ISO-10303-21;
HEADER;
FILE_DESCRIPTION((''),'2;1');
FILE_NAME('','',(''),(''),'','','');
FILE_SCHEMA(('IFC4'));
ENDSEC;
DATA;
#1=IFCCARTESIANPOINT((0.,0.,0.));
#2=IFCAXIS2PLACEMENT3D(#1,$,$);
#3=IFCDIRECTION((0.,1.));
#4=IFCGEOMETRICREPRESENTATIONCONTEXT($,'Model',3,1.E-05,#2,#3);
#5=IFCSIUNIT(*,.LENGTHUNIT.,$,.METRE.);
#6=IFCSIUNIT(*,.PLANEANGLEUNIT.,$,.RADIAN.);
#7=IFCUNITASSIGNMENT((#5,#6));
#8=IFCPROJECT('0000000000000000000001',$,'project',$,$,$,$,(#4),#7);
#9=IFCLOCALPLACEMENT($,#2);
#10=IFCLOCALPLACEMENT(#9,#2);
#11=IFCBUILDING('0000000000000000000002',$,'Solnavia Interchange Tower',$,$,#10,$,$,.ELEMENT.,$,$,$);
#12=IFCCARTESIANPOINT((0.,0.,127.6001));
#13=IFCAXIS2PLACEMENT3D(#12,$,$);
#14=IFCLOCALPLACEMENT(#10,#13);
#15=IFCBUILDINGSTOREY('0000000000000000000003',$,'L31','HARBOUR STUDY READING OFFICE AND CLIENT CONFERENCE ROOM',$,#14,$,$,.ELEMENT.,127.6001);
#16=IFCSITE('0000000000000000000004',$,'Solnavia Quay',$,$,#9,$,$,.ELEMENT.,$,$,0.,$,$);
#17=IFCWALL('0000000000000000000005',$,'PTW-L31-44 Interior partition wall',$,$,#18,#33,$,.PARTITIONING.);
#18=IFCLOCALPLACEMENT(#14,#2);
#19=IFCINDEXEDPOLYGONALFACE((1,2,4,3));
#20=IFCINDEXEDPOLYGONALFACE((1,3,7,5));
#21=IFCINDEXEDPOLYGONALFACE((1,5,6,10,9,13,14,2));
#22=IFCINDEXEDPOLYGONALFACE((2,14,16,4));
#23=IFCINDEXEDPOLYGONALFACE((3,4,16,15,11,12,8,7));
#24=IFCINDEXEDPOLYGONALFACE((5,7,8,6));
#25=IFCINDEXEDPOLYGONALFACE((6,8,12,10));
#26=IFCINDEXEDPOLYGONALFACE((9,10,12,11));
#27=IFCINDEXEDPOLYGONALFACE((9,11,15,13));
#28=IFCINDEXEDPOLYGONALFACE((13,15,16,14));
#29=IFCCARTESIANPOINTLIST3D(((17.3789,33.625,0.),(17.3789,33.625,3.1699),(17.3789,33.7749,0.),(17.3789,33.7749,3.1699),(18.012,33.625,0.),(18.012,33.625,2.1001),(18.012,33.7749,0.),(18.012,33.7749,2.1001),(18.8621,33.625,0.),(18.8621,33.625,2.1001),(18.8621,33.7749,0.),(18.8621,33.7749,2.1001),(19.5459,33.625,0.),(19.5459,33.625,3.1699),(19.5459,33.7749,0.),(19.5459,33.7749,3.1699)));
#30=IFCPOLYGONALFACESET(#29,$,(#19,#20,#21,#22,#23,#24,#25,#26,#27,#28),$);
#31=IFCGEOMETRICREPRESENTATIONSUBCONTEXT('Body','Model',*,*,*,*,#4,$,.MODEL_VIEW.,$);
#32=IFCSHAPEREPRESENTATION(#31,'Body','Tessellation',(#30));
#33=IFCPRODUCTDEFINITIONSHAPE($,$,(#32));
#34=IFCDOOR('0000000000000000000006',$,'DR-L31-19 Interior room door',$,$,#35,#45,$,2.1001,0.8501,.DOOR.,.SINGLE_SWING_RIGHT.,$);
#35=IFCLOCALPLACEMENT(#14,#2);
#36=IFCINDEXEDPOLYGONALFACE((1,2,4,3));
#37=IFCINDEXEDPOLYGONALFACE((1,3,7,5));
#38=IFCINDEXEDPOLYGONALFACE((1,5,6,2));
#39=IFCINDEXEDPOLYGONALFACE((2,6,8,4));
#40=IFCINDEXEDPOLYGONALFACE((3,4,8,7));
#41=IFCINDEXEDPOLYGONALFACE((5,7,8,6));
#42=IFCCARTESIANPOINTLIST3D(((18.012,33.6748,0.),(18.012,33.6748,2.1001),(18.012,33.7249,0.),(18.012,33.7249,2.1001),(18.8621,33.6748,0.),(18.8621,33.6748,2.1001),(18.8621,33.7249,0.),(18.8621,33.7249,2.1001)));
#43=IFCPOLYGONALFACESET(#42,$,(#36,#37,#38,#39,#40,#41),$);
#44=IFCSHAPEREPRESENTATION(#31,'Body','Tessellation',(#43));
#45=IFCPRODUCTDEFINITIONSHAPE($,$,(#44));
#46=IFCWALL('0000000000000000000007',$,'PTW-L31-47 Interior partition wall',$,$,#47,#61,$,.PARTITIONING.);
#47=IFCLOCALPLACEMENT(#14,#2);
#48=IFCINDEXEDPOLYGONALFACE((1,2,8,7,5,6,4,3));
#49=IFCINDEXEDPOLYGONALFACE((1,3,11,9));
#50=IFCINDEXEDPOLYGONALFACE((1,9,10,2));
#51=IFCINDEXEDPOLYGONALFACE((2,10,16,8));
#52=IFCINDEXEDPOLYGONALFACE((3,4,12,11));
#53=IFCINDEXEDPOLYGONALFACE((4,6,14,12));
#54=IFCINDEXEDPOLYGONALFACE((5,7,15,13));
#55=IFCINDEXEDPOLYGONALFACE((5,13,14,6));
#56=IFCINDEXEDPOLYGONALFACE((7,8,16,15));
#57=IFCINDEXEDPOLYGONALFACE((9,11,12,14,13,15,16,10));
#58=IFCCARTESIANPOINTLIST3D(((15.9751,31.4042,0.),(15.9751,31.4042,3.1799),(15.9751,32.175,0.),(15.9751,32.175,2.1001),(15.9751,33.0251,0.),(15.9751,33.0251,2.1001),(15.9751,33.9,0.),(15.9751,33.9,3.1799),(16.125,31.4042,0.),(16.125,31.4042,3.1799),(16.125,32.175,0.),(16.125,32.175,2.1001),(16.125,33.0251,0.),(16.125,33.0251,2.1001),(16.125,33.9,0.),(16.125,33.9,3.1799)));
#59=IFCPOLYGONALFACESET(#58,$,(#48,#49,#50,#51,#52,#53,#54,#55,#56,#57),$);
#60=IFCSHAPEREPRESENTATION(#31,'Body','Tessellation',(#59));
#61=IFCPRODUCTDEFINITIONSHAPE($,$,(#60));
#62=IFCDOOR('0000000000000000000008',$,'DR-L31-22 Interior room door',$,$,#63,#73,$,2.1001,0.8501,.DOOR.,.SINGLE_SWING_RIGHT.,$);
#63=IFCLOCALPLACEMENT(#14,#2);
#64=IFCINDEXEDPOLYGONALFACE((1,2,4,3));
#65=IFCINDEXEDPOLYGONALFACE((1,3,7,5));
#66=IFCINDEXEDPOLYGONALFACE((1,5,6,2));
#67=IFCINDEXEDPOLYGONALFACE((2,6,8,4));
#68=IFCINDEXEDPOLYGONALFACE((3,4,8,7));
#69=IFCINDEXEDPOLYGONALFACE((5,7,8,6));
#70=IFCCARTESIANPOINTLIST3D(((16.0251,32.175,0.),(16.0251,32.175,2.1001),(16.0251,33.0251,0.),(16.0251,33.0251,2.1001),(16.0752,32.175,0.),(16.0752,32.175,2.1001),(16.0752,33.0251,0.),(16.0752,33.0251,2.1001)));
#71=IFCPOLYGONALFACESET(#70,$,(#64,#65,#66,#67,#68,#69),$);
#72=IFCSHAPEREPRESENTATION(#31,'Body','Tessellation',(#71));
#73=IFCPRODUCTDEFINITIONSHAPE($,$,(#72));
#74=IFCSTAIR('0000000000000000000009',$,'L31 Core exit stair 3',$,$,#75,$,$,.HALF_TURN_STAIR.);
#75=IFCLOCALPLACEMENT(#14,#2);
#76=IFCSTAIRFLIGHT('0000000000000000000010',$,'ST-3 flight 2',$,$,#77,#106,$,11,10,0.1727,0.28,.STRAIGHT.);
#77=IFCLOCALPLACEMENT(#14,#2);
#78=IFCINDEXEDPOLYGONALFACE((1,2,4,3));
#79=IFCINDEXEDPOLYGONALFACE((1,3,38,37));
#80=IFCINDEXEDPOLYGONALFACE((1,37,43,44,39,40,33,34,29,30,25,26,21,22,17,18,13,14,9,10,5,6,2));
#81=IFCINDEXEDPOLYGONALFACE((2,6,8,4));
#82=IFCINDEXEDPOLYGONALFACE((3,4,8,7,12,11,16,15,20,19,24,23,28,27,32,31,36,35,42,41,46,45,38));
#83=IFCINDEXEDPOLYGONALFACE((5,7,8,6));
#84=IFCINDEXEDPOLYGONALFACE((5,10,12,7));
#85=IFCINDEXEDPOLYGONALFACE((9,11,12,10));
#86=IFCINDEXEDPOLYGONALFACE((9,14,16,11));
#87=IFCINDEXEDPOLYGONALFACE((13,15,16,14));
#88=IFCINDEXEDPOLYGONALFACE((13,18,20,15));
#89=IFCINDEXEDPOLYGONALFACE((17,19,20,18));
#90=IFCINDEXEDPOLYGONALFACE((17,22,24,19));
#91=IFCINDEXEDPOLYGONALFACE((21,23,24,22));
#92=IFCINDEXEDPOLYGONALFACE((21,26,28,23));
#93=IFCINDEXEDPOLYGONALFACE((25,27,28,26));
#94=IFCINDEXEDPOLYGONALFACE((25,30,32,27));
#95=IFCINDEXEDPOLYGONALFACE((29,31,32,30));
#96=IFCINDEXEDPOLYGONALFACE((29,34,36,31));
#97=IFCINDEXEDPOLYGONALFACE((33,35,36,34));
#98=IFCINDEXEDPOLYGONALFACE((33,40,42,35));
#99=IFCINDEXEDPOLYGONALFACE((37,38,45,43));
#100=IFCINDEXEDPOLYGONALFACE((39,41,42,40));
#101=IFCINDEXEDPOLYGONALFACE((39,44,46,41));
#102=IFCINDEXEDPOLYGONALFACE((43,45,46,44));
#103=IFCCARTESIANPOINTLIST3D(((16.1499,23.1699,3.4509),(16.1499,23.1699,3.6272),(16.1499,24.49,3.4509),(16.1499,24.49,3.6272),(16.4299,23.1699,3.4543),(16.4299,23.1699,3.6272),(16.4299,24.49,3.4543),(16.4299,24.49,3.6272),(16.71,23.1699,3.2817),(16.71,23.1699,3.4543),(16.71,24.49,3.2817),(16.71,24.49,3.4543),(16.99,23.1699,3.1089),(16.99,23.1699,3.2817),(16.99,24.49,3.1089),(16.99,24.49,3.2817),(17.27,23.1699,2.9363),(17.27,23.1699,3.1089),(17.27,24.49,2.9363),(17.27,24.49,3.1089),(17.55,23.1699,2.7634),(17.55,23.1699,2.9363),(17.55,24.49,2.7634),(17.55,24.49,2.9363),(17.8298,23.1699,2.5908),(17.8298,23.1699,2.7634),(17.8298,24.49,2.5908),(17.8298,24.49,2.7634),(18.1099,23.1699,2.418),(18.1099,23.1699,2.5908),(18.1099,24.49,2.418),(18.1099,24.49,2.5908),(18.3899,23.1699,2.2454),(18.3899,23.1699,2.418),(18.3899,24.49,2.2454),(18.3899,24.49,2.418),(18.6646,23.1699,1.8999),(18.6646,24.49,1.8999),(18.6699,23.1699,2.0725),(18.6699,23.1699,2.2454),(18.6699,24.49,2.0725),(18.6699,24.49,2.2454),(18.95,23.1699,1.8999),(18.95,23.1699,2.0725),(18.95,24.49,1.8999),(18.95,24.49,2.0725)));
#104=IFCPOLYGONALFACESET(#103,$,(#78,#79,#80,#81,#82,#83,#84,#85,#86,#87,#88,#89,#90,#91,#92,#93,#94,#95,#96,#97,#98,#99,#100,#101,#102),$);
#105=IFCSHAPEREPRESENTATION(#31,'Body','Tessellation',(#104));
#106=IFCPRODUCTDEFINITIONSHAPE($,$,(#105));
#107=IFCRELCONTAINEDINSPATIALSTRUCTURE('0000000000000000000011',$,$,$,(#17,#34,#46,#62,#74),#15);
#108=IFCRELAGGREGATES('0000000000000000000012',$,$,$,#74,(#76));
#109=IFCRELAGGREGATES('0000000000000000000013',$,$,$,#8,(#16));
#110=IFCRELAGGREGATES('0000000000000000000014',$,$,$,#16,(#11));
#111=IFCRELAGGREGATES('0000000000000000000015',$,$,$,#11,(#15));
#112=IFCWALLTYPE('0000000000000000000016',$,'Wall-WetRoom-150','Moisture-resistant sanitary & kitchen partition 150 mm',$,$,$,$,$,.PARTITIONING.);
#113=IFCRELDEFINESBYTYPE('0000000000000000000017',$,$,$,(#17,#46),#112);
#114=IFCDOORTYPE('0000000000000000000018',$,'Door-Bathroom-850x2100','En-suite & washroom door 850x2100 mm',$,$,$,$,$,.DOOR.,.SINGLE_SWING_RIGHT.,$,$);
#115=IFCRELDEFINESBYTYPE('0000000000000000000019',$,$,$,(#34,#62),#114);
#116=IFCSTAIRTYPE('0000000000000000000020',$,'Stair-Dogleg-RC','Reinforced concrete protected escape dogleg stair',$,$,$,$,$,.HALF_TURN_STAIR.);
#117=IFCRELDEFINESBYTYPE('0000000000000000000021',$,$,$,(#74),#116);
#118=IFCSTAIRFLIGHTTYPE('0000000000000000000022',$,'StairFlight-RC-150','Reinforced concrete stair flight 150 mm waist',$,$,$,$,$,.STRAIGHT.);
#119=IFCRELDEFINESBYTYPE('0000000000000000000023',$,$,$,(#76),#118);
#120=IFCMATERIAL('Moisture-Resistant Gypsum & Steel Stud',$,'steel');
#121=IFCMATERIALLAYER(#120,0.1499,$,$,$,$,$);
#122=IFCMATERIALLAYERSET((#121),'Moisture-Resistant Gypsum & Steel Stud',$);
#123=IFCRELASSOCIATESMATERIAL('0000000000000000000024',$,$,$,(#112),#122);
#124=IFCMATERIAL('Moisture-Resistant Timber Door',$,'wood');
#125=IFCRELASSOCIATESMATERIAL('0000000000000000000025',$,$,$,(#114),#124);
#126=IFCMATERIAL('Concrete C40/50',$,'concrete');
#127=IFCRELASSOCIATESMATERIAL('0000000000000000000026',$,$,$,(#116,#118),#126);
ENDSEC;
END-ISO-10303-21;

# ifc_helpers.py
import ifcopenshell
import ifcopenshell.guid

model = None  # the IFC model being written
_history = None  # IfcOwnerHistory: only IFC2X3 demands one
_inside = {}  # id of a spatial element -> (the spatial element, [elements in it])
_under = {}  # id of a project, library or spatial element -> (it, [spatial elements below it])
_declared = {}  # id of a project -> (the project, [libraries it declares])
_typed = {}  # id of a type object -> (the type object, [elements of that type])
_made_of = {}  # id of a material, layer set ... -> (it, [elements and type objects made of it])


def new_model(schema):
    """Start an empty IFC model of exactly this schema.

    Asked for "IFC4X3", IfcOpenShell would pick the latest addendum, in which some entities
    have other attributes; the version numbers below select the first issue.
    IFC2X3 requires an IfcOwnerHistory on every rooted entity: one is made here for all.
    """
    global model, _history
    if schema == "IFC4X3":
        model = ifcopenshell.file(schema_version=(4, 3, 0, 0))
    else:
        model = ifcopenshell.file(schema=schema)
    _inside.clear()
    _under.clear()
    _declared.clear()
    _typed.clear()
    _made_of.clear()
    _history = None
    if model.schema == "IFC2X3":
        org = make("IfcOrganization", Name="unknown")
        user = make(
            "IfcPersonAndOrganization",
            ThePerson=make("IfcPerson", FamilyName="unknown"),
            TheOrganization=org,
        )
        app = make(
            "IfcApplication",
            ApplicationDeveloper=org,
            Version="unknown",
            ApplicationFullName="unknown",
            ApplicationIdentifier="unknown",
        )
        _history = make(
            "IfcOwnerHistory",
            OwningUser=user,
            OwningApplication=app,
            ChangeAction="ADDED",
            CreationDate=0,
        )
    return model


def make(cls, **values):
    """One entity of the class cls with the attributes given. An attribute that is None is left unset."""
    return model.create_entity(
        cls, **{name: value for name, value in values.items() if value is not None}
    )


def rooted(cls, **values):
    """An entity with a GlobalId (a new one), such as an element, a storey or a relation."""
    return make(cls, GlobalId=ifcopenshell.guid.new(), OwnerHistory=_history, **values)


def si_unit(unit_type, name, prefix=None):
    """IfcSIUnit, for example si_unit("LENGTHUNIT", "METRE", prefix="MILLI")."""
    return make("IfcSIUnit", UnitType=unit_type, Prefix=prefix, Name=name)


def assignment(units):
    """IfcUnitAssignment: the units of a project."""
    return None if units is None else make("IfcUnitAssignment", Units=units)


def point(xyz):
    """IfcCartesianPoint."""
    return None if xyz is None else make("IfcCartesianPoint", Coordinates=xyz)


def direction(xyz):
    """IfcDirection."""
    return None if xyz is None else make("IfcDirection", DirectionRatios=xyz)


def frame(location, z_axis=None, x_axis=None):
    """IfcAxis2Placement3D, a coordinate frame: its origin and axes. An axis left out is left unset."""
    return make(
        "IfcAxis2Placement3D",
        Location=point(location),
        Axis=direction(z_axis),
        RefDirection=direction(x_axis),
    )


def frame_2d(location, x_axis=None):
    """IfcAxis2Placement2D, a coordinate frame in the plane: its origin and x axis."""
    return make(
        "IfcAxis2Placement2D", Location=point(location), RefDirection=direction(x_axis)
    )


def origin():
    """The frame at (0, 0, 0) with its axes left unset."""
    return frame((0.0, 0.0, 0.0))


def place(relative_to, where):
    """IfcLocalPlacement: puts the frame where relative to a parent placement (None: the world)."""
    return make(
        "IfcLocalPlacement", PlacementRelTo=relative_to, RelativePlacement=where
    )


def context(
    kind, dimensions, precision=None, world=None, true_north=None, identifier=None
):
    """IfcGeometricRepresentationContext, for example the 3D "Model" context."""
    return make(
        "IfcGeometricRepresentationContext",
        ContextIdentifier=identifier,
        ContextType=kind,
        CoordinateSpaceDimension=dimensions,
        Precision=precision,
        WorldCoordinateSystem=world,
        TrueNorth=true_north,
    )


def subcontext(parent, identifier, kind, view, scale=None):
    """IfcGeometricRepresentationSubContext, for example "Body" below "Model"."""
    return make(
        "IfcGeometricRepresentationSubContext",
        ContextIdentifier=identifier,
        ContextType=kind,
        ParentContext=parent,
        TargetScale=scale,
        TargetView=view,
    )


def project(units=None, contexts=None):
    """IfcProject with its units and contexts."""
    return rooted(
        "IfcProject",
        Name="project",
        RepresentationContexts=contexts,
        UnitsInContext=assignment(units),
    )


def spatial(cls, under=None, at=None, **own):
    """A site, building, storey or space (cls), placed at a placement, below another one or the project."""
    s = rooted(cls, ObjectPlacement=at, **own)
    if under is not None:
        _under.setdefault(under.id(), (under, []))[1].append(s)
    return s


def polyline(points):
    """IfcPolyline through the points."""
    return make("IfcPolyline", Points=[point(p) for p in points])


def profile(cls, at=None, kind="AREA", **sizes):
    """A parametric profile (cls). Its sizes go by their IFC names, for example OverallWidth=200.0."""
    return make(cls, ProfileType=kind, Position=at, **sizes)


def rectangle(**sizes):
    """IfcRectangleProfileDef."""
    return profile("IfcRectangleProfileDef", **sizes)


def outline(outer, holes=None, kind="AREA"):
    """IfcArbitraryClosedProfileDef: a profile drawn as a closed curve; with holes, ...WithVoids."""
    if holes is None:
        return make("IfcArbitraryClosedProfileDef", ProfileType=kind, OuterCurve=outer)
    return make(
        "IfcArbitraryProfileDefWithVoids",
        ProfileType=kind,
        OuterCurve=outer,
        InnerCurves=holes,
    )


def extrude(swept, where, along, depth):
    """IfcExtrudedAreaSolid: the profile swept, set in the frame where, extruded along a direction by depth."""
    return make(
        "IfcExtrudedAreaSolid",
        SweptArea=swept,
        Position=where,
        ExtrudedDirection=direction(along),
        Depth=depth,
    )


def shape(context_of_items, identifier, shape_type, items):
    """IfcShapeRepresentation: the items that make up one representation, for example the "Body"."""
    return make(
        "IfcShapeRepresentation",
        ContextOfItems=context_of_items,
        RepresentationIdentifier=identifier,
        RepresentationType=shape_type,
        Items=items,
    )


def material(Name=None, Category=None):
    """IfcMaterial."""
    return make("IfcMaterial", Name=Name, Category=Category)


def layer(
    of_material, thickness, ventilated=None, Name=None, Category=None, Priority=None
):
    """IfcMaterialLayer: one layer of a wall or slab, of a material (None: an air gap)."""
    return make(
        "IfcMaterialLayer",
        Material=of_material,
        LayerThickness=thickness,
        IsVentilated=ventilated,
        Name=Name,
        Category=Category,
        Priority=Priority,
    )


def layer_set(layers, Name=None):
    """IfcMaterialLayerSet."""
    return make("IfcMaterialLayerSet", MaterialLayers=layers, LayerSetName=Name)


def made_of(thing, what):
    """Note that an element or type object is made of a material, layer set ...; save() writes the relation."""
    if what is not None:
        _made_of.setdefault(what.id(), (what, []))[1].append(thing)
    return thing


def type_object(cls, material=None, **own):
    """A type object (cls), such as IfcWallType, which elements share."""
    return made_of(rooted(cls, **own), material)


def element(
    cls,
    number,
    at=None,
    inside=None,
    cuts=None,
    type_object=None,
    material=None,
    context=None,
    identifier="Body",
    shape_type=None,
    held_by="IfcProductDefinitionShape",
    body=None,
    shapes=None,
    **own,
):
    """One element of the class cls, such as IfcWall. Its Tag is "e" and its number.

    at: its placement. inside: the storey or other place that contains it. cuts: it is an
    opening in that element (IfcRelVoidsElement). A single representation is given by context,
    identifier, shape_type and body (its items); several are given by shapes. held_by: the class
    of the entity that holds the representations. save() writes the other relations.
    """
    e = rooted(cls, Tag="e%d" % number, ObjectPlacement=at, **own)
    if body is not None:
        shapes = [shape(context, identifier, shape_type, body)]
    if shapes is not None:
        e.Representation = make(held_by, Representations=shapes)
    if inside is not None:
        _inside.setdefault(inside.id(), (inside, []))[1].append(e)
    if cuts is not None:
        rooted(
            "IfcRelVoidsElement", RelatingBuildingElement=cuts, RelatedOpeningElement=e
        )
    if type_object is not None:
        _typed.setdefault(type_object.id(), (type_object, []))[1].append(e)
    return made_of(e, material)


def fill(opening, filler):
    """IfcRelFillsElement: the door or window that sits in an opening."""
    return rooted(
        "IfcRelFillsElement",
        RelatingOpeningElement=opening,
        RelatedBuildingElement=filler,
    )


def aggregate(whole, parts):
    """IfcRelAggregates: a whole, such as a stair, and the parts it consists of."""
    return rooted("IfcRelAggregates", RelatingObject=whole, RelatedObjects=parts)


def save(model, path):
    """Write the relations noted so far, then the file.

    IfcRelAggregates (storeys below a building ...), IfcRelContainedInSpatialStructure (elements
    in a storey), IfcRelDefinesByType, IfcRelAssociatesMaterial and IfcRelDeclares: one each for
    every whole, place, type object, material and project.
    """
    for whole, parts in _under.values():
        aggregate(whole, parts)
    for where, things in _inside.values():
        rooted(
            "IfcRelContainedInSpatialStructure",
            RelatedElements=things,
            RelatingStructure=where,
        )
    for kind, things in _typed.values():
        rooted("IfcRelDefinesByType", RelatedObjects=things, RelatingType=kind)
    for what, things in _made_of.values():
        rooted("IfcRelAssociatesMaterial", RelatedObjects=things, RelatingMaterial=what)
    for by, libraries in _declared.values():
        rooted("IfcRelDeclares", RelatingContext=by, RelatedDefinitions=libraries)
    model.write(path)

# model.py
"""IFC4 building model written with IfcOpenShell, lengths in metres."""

from ifc_helpers import new_model, si_unit, direction, frame, frame_2d, origin, place, context, subcontext, project, spatial, polyline, rectangle, outline, extrude, material, layer, layer_set, type_object, element, fill, aggregate, save


model = new_model("IFC4")

# Units and contexts
model_context = context("Model", 3, precision=1e-05, world=origin(), true_north=direction((0.0, 1.0)))
body_context = subcontext(model_context, "Body", "Model", "MODEL_VIEW")
ifc_project = project(units=[si_unit("LENGTHUNIT", "METRE"), si_unit("PLANEANGLEUNIT", "RADIAN")], contexts=[model_context])

# Site, building, storey
site_placement = place(None, origin())
site = spatial("IfcSite", under=ifc_project, at=site_placement, Name="Solnavia Quay", CompositionType="ELEMENT", RefElevation=0.0)
building_placement = place(site_placement, origin())
building = spatial("IfcBuilding", under=site, at=building_placement, Name="Solnavia Interchange Tower", CompositionType="ELEMENT")
storey_placement = place(building_placement, frame((0.0, 0.0, 127.6001)))
storey = spatial("IfcBuildingStorey", under=building, at=storey_placement, Name="L31", Description="HARBOUR STUDY READING OFFICE AND CLIENT CONFERENCE ROOM", CompositionType="ELEMENT", Elevation=127.6001)

# Shared definitions
ifc_material_1 = material(Name="Concrete C40/50", Category="concrete")
ifc_material_2 = material(Name="Moisture-Resistant Gypsum & Steel Stud", Category="steel")
ifc_layer_1 = layer(ifc_material_2, 0.1499)
ifc_layer_set_1 = layer_set([ifc_layer_1], Name="Moisture-Resistant Gypsum & Steel Stud")
wall_type_1 = type_object("IfcWallType", Name="Wall-WetRoom-150", Description="Moisture-resistant sanitary & kitchen partition 150 mm", PredefinedType="PARTITIONING", material=ifc_layer_set_1)

# Walls, openings, doors
wall_1_placement = place(storey_placement, frame((17.3789, 33.7, 0.0), z_axis=(0.0, 0.0, 1.0), x_axis=(1.0, 0.0, 0.0)))
wall_1 = element("IfcWall", 1, at=wall_1_placement, inside=storey, type_object=wall_type_1, Name="PTW-L31-44 Interior partition wall", PredefinedType="PARTITIONING", context=body_context, shape_type="SweptSolid", body=[
    extrude(rectangle(XDim=2.167, YDim=0.1499, at=frame_2d((1.0835, 0.0))), origin(), (0.0, 0.0, 1.0), 3.1699),
])
opening_1_placement = place(wall_1_placement, frame((0.6331, 0.0, 0.0)))
opening_1 = element("IfcOpeningElement", 2, at=opening_1_placement, cuts=wall_1, PredefinedType="OPENING", context=body_context, shape_type="SweptSolid", body=[
    extrude(rectangle(XDim=0.8501, YDim=2.1001, at=frame_2d((0.425, 1.05))), frame((0.0, 0.085, 0.0), z_axis=(0.0, -1.0, 0.0), x_axis=(1.0, 0.0, 0.0)), (0.0, 0.0, 1.0), 0.1699),
])
ifc_material_3 = material(Name="Moisture-Resistant Timber Door", Category="wood")
door_type_1 = type_object("IfcDoorType", Name="Door-Bathroom-850x2100", Description="En-suite & washroom door 850x2100 mm", OperationType="SINGLE_SWING_RIGHT", PredefinedType="DOOR", material=ifc_material_3)
door_1_placement = place(opening_1_placement, origin())
door_1 = element("IfcDoor", 3, at=door_1_placement, inside=storey, type_object=door_type_1, Name="DR-L31-19 Interior room door", OperationType="SINGLE_SWING_RIGHT", OverallHeight=2.1001, OverallWidth=0.8501, PredefinedType="DOOR", context=body_context, shape_type="SweptSolid", body=[
    extrude(rectangle(XDim=0.8501, YDim=2.1001, at=frame_2d((0.425, 1.05))), frame((0.0, 0.0249, 0.0), z_axis=(0.0, -1.0, 0.0), x_axis=(1.0, 0.0, 0.0)), (0.0, 0.0, 1.0), 0.05),
])
fill(opening_1, door_1)
wall_2_placement = place(storey_placement, frame((16.05, 31.4041, 0.0), z_axis=(0.0, 0.0, 1.0), x_axis=(0.0, 1.0, 0.0)))
wall_2 = element("IfcWall", 4, at=wall_2_placement, inside=storey, type_object=wall_type_1, Name="PTW-L31-47 Interior partition wall", PredefinedType="PARTITIONING", context=body_context, shape_type="SweptSolid", body=[
    extrude(rectangle(XDim=2.4958, YDim=0.1499, at=frame_2d((1.248, 0.0))), origin(), (0.0, 0.0, 1.0), 3.1799),
])
opening_2_placement = place(wall_2_placement, frame((0.771, 0.0, 0.0)))
opening_2 = element("IfcOpeningElement", 5, at=opening_2_placement, cuts=wall_2, PredefinedType="OPENING", context=body_context, shape_type="SweptSolid", body=[
    extrude(rectangle(XDim=0.8501, YDim=2.1001, at=frame_2d((0.425, 1.05))), frame((0.0, 0.085, 0.0), z_axis=(0.0, -1.0, 0.0), x_axis=(1.0, 0.0, 0.0)), (0.0, 0.0, 1.0), 0.1699),
])
door_2_placement = place(opening_2_placement, origin())
door_2 = element("IfcDoor", 6, at=door_2_placement, inside=storey, type_object=door_type_1, Name="DR-L31-22 Interior room door", OperationType="SINGLE_SWING_RIGHT", OverallHeight=2.1001, OverallWidth=0.8501, PredefinedType="DOOR", context=body_context, shape_type="SweptSolid", body=[
    extrude(rectangle(XDim=0.8501, YDim=2.1001, at=frame_2d((0.425, 1.05))), frame((0.0, 0.0249, 0.0), z_axis=(0.0, -1.0, 0.0), x_axis=(1.0, 0.0, 0.0)), (0.0, 0.0, 1.0), 0.05),
])
fill(opening_2, door_2)

# Stair, stair flight
stair_type = type_object("IfcStairType", Name="Stair-Dogleg-RC", Description="Reinforced concrete protected escape dogleg stair", PredefinedType="HALF_TURN_STAIR", material=ifc_material_1)
stair_placement = place(storey_placement, origin())
stair = element("IfcStair", 7, at=stair_placement, inside=storey, type_object=stair_type, Name="L31 Core exit stair 3", PredefinedType="HALF_TURN_STAIR")
stair_flight_type = type_object("IfcStairFlightType", Name="StairFlight-RC-150", Description="Reinforced concrete stair flight 150 mm waist", PredefinedType="STRAIGHT", material=ifc_material_1)
stair_flight_placement = place(storey_placement, frame((18.95, 23.8301, 1.8999), z_axis=(0.0, 0.0, 1.0), x_axis=(-1.0, 0.0, 0.0)))
stair_flight = element("IfcStairFlight", 8, at=stair_flight_placement, type_object=stair_flight_type, Name="ST-3 flight 2", NumberOfRisers=11, NumberOfTreads=10, PredefinedType="STRAIGHT", RiserHeight=0.1727, TreadLength=0.28, context=body_context, shape_type="SweptSolid", body=[
    extrude(outline(polyline([(0.0, 0.0), (0.0, 0.1726), (0.28, 0.1726), (0.28, 0.3455), (0.5601, 0.3455), (0.5601, 0.5181), (0.8401, 0.5181), (0.8401, 0.6909), (1.1201, 0.6909), (1.1201, 0.8635), (1.3999, 0.8635), (1.3999, 1.0364), (1.6799, 1.0364), (1.6799, 1.209), (1.96, 1.209), (1.96, 1.3818), (2.24, 1.3818), (2.24, 1.5544), (2.52, 1.5544), (2.52, 1.7273), (2.8, 1.7273), (2.8, 1.8999), (2.8, 1.551), (0.2854, 0.0), (0.0, 0.0)])), frame((0.0, 0.6602, 0.0), z_axis=(0.0, -1.0, 0.0), x_axis=(1.0, 0.0, 0.0)), (0.0, 0.0, 1.0), 1.3201),
])
aggregate(stair, [stair_flight])

save(model, "model.ifc")
